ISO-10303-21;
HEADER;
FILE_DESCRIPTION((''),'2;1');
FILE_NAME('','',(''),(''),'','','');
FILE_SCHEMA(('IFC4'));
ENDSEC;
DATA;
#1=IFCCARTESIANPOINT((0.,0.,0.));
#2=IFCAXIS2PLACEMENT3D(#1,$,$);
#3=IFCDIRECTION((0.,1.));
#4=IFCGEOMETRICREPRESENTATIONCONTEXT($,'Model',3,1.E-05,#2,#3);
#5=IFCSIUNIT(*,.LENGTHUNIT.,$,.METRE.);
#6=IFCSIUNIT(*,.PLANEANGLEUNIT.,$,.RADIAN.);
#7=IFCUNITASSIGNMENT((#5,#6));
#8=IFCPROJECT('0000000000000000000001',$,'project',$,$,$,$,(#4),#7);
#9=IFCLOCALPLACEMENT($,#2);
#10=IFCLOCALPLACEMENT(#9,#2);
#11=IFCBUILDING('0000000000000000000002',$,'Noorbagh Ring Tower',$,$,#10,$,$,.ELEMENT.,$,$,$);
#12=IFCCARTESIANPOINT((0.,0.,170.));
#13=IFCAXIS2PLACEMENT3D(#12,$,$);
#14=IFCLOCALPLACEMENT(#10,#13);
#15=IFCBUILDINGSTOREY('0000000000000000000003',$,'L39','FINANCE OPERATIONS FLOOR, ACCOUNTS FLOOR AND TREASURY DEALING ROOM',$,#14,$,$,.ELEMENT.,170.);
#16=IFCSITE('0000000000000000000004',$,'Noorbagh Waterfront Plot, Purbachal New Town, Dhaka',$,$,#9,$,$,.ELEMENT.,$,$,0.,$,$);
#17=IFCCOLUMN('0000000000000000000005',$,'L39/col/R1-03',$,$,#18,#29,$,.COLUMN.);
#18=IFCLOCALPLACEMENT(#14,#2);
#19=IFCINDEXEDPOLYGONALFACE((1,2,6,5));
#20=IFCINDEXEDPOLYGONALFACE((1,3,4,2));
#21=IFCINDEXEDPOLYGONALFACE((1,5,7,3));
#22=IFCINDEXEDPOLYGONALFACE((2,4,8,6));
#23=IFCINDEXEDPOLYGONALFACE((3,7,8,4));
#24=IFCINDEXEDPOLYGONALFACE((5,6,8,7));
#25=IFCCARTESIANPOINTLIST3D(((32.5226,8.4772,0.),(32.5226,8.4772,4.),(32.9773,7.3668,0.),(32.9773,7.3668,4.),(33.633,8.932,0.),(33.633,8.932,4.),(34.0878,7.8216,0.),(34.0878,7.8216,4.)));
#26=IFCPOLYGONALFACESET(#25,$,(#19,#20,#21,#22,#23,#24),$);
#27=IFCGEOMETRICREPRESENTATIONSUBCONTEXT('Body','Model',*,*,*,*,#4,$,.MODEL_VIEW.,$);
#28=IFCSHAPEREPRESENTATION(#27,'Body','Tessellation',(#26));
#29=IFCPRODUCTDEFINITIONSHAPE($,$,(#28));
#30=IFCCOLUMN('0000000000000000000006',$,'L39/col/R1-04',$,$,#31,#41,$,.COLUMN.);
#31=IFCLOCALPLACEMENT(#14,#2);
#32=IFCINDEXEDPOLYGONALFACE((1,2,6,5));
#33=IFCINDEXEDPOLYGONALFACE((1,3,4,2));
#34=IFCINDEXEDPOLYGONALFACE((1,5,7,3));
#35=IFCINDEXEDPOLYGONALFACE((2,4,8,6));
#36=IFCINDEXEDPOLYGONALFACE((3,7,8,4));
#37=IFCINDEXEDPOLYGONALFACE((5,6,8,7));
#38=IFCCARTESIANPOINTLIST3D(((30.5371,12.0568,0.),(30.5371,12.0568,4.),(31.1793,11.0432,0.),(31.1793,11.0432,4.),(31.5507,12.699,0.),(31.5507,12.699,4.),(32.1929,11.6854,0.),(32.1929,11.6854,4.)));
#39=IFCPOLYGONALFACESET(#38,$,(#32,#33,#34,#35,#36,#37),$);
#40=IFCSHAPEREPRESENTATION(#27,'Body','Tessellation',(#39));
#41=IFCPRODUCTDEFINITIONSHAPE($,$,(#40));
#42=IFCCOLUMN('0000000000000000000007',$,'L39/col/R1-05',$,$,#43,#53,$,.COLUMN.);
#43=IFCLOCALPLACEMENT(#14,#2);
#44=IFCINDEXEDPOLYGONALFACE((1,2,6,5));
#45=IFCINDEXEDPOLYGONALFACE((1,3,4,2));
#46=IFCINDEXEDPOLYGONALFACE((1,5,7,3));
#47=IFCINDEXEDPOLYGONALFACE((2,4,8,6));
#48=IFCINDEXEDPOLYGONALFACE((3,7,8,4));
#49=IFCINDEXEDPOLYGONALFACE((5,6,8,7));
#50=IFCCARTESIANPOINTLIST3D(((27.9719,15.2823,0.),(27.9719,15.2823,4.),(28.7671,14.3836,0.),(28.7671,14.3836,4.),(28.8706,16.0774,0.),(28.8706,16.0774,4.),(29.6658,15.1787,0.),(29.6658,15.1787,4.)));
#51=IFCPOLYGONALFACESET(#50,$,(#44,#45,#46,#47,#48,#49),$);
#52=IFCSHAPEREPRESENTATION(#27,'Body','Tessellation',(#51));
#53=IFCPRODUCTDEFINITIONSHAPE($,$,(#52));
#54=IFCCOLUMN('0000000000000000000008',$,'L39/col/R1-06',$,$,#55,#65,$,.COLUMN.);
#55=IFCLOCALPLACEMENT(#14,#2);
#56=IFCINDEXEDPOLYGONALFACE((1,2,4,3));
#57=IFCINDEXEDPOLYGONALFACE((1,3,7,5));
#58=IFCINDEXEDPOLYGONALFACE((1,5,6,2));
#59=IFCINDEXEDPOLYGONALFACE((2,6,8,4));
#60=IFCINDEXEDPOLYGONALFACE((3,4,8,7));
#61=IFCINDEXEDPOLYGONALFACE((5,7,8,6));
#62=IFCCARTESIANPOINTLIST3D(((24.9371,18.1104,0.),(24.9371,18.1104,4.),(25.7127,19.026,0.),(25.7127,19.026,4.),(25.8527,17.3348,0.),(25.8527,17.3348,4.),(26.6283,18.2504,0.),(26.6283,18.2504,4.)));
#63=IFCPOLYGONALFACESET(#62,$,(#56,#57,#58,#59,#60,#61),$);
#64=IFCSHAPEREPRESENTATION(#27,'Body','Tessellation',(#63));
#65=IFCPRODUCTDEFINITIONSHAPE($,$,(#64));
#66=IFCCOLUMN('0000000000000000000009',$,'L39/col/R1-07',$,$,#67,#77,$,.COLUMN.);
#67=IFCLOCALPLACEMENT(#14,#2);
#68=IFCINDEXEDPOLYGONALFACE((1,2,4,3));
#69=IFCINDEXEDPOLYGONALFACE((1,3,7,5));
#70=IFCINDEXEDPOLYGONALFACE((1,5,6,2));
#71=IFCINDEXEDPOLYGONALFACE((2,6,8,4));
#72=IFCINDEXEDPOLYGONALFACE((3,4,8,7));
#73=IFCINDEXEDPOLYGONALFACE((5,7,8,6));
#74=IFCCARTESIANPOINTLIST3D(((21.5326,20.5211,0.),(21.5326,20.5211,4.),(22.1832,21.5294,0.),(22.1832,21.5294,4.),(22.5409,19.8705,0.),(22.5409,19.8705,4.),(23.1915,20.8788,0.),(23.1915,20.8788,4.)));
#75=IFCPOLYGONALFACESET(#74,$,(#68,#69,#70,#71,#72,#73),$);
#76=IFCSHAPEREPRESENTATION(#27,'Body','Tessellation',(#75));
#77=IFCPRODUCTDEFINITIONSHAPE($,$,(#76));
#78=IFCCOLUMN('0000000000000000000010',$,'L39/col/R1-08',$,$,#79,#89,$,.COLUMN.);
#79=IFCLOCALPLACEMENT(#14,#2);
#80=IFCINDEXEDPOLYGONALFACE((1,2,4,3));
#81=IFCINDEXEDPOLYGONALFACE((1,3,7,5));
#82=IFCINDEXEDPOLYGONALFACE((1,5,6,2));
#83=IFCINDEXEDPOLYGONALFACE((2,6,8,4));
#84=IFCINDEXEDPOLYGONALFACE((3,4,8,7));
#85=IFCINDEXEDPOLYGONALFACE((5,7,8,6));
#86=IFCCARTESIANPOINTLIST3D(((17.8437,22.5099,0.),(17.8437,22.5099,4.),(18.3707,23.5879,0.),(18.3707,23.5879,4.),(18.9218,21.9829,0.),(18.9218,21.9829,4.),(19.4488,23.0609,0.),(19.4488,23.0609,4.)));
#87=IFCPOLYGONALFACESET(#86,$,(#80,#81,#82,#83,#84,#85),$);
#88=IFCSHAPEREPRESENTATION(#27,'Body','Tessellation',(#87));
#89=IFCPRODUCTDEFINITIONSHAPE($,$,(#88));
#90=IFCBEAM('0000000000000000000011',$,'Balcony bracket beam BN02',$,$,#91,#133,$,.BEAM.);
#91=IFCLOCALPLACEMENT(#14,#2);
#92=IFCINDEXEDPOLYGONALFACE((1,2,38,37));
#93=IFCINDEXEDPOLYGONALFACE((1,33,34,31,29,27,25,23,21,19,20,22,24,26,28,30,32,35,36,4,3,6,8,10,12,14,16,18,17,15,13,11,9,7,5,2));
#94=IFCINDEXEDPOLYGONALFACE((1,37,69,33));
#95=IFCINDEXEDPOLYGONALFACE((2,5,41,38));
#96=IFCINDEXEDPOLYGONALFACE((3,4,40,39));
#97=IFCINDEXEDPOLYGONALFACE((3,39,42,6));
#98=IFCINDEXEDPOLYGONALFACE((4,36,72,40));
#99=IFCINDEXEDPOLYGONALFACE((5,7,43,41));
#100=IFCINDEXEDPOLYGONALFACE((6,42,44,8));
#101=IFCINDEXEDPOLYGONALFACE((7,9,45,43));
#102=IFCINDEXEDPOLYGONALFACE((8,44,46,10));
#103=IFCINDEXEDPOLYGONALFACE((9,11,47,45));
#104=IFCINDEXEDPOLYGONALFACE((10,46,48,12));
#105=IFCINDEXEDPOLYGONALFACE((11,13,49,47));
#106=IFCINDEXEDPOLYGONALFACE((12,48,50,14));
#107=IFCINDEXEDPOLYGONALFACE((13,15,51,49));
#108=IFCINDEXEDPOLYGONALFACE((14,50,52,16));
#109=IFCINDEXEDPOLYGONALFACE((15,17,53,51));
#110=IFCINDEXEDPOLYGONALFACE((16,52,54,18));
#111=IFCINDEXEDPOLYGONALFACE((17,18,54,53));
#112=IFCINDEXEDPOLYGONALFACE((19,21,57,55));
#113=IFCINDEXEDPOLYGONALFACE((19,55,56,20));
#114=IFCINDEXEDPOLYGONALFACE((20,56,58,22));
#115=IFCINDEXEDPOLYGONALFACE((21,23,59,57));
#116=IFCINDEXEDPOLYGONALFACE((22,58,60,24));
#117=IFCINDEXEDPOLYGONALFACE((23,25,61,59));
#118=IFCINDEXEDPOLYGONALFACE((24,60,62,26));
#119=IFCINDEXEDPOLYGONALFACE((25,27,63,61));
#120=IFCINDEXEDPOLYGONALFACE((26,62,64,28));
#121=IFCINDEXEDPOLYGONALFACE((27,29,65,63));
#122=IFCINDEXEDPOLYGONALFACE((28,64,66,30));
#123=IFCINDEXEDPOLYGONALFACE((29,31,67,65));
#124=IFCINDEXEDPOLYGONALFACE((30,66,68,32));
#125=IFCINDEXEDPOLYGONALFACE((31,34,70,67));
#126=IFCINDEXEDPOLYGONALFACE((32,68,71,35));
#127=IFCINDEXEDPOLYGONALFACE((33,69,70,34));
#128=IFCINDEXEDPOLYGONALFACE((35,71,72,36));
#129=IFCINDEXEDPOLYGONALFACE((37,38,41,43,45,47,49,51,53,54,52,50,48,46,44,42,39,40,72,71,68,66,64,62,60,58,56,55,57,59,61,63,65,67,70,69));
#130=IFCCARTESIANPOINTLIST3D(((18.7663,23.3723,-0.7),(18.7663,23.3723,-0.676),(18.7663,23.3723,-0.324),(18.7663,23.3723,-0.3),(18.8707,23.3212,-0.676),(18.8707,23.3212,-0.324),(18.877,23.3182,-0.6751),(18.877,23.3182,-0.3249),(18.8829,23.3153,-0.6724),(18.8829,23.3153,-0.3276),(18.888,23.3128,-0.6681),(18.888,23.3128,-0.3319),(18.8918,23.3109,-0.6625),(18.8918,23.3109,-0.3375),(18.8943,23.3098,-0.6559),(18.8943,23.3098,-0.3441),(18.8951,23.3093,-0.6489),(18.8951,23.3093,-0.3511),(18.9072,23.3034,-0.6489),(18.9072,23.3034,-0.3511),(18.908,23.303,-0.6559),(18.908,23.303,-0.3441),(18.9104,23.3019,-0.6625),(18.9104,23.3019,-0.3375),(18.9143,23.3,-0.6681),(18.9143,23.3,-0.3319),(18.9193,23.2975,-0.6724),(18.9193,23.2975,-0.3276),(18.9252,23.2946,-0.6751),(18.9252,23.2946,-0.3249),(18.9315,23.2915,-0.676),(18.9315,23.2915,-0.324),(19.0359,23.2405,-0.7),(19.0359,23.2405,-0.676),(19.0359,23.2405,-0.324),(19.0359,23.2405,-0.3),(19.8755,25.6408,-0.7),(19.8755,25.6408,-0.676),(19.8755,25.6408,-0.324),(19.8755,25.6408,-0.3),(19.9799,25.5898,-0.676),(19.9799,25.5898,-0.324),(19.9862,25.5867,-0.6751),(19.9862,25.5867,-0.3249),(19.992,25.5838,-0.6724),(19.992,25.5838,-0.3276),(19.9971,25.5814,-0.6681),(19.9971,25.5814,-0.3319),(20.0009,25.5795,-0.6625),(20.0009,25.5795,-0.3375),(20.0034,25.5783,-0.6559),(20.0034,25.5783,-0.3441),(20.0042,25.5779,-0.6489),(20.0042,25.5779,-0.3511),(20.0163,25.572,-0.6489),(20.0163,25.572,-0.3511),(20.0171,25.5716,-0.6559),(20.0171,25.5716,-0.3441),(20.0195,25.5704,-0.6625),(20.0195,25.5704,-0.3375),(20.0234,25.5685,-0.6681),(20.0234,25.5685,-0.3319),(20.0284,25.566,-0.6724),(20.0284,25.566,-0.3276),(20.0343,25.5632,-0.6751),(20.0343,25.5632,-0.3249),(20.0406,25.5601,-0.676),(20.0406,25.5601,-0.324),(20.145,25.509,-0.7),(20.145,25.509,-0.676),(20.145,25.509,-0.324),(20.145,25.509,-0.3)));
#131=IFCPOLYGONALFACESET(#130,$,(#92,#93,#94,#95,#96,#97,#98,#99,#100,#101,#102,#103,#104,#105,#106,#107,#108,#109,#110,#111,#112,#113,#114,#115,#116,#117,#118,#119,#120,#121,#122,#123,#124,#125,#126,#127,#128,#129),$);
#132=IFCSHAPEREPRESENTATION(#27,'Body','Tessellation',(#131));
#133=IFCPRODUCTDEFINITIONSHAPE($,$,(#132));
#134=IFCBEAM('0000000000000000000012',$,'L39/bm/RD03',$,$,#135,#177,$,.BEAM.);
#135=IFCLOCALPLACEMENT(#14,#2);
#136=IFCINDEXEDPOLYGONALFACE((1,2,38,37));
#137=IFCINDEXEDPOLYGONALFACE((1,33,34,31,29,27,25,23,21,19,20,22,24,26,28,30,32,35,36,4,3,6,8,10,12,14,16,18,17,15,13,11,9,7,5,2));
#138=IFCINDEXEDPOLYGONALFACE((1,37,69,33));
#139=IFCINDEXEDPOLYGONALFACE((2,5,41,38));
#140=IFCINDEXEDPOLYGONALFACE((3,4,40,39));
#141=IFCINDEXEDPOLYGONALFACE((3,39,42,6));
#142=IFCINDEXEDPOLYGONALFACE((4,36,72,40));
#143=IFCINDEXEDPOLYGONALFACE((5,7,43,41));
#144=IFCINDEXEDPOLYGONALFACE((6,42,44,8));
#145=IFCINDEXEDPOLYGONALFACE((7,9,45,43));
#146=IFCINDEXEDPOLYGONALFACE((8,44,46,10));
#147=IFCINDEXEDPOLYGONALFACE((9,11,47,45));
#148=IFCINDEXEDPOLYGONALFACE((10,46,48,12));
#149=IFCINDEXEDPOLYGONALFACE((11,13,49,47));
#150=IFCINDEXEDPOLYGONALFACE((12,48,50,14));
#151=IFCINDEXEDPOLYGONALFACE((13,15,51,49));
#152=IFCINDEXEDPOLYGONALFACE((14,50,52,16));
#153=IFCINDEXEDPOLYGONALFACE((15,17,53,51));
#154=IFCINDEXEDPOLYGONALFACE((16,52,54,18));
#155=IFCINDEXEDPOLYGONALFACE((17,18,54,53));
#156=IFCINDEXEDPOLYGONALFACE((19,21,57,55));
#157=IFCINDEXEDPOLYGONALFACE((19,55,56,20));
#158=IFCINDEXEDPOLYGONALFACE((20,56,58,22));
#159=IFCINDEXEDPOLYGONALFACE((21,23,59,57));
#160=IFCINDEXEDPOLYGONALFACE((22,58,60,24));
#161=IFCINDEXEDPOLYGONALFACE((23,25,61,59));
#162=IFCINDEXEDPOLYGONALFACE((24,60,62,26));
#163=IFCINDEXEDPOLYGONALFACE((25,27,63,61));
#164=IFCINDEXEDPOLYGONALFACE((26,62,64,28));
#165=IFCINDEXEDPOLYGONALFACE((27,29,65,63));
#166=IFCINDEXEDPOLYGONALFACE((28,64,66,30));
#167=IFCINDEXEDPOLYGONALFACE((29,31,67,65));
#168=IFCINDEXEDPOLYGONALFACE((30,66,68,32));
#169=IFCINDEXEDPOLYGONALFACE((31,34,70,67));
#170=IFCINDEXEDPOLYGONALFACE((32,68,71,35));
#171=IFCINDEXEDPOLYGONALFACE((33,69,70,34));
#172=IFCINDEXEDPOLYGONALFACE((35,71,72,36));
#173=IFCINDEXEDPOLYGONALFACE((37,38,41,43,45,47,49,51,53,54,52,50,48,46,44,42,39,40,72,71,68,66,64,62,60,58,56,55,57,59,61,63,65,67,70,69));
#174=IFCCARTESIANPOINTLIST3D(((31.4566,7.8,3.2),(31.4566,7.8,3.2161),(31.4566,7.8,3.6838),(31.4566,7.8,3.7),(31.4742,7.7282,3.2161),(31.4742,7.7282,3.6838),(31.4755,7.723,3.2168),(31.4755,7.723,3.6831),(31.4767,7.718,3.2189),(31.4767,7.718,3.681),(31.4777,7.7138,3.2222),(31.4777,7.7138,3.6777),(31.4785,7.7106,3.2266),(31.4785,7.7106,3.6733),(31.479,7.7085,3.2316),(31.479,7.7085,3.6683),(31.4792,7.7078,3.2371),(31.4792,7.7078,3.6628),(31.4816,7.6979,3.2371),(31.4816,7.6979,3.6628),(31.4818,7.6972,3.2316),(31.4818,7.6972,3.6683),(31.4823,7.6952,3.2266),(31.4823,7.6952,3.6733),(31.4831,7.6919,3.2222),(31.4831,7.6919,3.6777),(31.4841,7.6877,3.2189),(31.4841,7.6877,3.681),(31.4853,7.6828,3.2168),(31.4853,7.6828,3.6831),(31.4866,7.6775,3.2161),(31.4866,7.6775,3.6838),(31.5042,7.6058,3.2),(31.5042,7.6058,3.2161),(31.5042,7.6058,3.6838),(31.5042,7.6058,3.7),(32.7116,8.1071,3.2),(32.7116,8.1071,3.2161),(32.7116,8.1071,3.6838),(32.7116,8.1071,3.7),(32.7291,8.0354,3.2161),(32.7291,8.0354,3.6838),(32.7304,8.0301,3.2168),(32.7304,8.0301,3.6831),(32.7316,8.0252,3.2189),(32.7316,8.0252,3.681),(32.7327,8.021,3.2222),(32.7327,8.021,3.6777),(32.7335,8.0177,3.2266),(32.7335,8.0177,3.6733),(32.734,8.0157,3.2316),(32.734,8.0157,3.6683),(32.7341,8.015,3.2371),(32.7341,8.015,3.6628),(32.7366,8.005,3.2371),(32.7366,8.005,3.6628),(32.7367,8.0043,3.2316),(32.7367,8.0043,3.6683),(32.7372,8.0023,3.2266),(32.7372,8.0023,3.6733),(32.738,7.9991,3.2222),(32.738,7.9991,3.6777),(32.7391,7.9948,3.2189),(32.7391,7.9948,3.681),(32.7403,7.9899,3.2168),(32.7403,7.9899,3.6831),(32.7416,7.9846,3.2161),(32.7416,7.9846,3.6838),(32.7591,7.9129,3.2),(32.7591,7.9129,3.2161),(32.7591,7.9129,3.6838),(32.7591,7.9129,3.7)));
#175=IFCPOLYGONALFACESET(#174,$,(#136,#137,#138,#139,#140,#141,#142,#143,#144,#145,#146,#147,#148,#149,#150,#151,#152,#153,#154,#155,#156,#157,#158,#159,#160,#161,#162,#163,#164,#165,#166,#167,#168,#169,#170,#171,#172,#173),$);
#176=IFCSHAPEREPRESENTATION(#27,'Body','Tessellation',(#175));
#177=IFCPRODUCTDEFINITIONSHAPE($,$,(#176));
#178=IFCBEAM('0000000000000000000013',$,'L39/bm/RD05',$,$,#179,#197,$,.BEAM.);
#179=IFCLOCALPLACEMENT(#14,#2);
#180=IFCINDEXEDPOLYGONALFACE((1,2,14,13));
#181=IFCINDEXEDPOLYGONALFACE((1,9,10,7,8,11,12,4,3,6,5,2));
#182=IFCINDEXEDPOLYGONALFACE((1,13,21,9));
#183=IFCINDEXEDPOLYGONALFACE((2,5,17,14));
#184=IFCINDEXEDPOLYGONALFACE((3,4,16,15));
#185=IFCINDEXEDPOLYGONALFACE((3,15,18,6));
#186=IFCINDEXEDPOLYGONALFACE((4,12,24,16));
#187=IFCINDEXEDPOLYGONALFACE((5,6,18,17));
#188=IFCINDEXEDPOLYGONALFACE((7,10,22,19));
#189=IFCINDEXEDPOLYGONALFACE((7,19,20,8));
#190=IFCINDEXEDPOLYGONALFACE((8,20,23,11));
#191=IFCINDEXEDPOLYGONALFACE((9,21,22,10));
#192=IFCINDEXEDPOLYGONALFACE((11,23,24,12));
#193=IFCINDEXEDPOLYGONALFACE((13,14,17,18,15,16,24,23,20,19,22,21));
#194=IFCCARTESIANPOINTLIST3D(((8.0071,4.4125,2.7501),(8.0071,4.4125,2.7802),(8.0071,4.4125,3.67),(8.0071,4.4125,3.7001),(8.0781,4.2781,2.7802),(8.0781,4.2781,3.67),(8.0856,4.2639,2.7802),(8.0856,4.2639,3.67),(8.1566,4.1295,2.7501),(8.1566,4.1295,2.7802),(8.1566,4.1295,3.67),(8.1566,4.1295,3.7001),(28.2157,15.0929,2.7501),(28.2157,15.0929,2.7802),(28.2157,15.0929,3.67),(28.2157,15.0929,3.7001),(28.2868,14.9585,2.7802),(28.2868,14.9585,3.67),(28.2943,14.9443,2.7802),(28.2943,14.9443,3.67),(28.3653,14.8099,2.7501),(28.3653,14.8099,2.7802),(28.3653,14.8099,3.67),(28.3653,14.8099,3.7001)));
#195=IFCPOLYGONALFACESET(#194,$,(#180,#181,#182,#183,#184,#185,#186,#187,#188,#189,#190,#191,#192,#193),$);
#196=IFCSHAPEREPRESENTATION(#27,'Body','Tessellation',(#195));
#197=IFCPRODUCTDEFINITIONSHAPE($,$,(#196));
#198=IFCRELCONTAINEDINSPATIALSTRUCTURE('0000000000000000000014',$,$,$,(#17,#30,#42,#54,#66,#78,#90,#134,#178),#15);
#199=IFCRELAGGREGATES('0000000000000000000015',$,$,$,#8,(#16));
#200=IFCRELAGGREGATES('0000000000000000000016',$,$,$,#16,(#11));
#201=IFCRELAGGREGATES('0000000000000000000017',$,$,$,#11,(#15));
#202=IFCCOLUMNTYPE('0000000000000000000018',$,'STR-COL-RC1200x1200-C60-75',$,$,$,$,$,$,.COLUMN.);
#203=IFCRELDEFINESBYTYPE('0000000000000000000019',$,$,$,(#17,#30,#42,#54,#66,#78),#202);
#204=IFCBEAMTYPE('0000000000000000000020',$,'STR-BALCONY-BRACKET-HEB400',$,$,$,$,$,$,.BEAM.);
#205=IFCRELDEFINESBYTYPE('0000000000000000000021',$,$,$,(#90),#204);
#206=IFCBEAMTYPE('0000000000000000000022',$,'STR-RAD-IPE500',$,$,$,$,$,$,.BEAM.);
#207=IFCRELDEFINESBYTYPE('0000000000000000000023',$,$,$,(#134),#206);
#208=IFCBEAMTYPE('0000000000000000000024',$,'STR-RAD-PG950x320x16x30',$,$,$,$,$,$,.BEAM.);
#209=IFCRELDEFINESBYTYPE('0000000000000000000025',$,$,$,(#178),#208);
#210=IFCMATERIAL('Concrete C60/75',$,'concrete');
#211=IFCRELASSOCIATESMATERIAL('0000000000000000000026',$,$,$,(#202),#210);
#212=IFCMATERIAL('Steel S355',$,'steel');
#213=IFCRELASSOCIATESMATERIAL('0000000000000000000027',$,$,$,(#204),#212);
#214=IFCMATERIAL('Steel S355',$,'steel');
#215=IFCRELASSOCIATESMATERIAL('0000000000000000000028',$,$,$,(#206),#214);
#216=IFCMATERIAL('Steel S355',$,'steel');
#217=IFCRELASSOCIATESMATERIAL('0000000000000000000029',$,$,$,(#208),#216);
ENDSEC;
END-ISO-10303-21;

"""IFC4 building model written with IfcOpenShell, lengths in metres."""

from ifc_helpers import new_model, si_unit, direction, frame, origin, origin_2d, place, context, subcontext, project, spatial, rectangle, i_section, extrude, material, material_profile, profile_set, type_object, element, save


model = new_model("IFC4")

# Units and contexts
model_context = context("Model", 3, precision=1e-05, world=origin(), true_north=direction((0.0, 1.0)))
body_context = subcontext(model_context, "Body", "Model", "MODEL_VIEW")
ifc_project = project(units=[si_unit("LENGTHUNIT", "METRE"), si_unit("PLANEANGLEUNIT", "RADIAN")], contexts=[model_context])

# Site, building, storey
site_placement = place(None, origin())
site = spatial("IfcSite", under=ifc_project, at=site_placement, Name="Noorbagh Waterfront Plot, Purbachal New Town, Dhaka", CompositionType="ELEMENT", RefElevation=0.0)
building_placement = place(site_placement, origin())
building = spatial("IfcBuilding", under=site, at=building_placement, Name="Noorbagh Ring Tower", CompositionType="ELEMENT")
storey_placement = place(building_placement, frame((0.0, 0.0, 170.0)))
storey = spatial("IfcBuildingStorey", under=building, at=storey_placement, Name="L39", Description="FINANCE OPERATIONS FLOOR, ACCOUNTS FLOOR AND TREASURY DEALING ROOM", CompositionType="ELEMENT", Elevation=170.0)

# Columns
ifc_material_1 = material(Name="Concrete C60/75", Category="concrete")
ifc_material_profile_1 = material_profile(ifc_material_1, rectangle(XDim=1.2, YDim=1.2, at=origin_2d()), Name="RC1200x1200")
ifc_profile_set_1 = profile_set([ifc_material_profile_1], Name="Concrete C60/75")
column_type = type_object("IfcColumnType", Name="STR-COL-RC1200x1200-C60-75", PredefinedType="COLUMN", material=ifc_profile_set_1)
for number, where, z_axis, x_axis, name in (
    (1, (33.3052, 8.1494, 0.0), (0.0, 0.0, 1.0), (-0.378989, 0.925401, 0.0), "L39/col/R1-03"),
    (2, (31.365, 11.8711, 0.0), (0.0, 0.0, 1.0), (-0.53519, 0.844731, 0.0), "L39/col/R1-04"),
    (3, (28.8188, 15.2305, 0.0), (0.0, 0.0, 1.0), (-0.662636, 0.748942, 0.0), "L39/col/R1-05"),
    (4, (25.7827, 18.1804, 0.0), (0.0, 0.0, 1.0), (-0.763035, 0.646357, 0.0), "L39/col/R1-06"),
    (5, (22.3621, 20.7, 0.0), (0.0, 0.0, 1.0), (-0.840248, 0.542203, 0.0), "L39/col/R1-07"),
    (6, (18.6462, 22.7854, 0.0), (0.0, 0.0, 1.0), (-0.898399, 0.43918, 0.0), "L39/col/R1-08"),
):
    element("IfcColumn", number, at=place(storey_placement, frame(where, z_axis=z_axis, x_axis=x_axis)), inside=storey, type_object=column_type, Name=name, PredefinedType="COLUMN", context=body_context, shape_type="SweptSolid", body=[
        extrude(rectangle(XDim=1.2, YDim=1.2, at=origin_2d()), origin(), (0.0, 0.0, 1.0), 4.0),
    ])

# Beams
ifc_material_2 = material(Name="Steel S355", Category="steel")
ifc_material_profile_2 = material_profile(ifc_material_2, i_section(OverallWidth=0.3, OverallDepth=0.3999, WebThickness=0.0134, FlangeThickness=0.0239, FilletRadius=0.0271, at=origin_2d()), Name="HEB400")
ifc_profile_set_2 = profile_set([ifc_material_profile_2], Name="Steel S355")
beam_type_1 = type_object("IfcBeamType", Name="STR-BALCONY-BRACKET-HEB400", PredefinedType="BEAM", material=ifc_profile_set_2)
beam_1_placement = place(storey_placement, frame((18.9011, 23.3064, -0.5), z_axis=(0.439229, 0.898375, 0.0), x_axis=(-0.898375, 0.439229, 0.0)))
element("IfcBeam", 7, at=beam_1_placement, inside=storey, type_object=beam_type_1, Name="Balcony bracket beam BN02", PredefinedType="BEAM", context=body_context, shape_type="SweptSolid", body=[
    extrude(i_section(OverallWidth=0.3, OverallDepth=0.3999, WebThickness=0.0134, FlangeThickness=0.0239, FilletRadius=0.0271, at=origin_2d()), origin(), (0.0, 0.0, 1.0), 2.5251),
])
ifc_material_3 = material(Name="Steel S355", Category="steel")
ifc_material_profile_3 = material_profile(ifc_material_3, i_section(OverallWidth=0.2, OverallDepth=0.5, WebThickness=0.0103, FlangeThickness=0.0161, FilletRadius=0.021, at=origin_2d()), Name="IPE500")
ifc_profile_set_3 = profile_set([ifc_material_profile_3], Name="Steel S355")
beam_type_2 = type_object("IfcBeamType", Name="STR-RAD-IPE500", PredefinedType="BEAM", material=ifc_profile_set_3)
beam_2_placement = place(storey_placement, frame((32.7354, 8.01, 3.45), z_axis=(-0.971331, -0.23773, 0.0), x_axis=(0.23773, -0.971331, 0.0)))
element("IfcBeam", 8, at=beam_2_placement, inside=storey, type_object=beam_type_2, Name="L39/bm/RD03", PredefinedType="BEAM", context=body_context, shape_type="SweptSolid", body=[
    extrude(i_section(OverallWidth=0.2, OverallDepth=0.5, WebThickness=0.0103, FlangeThickness=0.0161, FilletRadius=0.021, at=origin_2d()), origin(), (0.0, 0.0, 1.0), 1.292),
])
ifc_material_4 = material(Name="Steel S355", Category="steel")
ifc_material_profile_4 = material_profile(ifc_material_4, i_section(OverallWidth=0.3201, OverallDepth=0.95, WebThickness=0.0161, FlangeThickness=0.03, at=origin_2d()), Name="PG950x320x16x30")
ifc_profile_set_4 = profile_set([ifc_material_profile_4], Name="Steel S355")
beam_type_3 = type_object("IfcBeamType", Name="STR-RAD-PG950x320x16x30", PredefinedType="BEAM", material=ifc_profile_set_4)
beam_3_placement = place(storey_placement, frame((28.2905, 14.9514, 3.2251), z_axis=(-0.884119, -0.467261, 0.0), x_axis=(0.467261, -0.884119, 0.0)))
element("IfcBeam", 9, at=beam_3_placement, inside=storey, type_object=beam_type_3, Name="L39/bm/RD05", PredefinedType="BEAM", context=body_context, shape_type="SweptSolid", body=[
    extrude(i_section(OverallWidth=0.3201, OverallDepth=0.95, WebThickness=0.0161, FlangeThickness=0.03, at=origin_2d()), origin(), (0.0, 0.0, 1.0), 22.8574),
])

save(model, "model.ifc")
